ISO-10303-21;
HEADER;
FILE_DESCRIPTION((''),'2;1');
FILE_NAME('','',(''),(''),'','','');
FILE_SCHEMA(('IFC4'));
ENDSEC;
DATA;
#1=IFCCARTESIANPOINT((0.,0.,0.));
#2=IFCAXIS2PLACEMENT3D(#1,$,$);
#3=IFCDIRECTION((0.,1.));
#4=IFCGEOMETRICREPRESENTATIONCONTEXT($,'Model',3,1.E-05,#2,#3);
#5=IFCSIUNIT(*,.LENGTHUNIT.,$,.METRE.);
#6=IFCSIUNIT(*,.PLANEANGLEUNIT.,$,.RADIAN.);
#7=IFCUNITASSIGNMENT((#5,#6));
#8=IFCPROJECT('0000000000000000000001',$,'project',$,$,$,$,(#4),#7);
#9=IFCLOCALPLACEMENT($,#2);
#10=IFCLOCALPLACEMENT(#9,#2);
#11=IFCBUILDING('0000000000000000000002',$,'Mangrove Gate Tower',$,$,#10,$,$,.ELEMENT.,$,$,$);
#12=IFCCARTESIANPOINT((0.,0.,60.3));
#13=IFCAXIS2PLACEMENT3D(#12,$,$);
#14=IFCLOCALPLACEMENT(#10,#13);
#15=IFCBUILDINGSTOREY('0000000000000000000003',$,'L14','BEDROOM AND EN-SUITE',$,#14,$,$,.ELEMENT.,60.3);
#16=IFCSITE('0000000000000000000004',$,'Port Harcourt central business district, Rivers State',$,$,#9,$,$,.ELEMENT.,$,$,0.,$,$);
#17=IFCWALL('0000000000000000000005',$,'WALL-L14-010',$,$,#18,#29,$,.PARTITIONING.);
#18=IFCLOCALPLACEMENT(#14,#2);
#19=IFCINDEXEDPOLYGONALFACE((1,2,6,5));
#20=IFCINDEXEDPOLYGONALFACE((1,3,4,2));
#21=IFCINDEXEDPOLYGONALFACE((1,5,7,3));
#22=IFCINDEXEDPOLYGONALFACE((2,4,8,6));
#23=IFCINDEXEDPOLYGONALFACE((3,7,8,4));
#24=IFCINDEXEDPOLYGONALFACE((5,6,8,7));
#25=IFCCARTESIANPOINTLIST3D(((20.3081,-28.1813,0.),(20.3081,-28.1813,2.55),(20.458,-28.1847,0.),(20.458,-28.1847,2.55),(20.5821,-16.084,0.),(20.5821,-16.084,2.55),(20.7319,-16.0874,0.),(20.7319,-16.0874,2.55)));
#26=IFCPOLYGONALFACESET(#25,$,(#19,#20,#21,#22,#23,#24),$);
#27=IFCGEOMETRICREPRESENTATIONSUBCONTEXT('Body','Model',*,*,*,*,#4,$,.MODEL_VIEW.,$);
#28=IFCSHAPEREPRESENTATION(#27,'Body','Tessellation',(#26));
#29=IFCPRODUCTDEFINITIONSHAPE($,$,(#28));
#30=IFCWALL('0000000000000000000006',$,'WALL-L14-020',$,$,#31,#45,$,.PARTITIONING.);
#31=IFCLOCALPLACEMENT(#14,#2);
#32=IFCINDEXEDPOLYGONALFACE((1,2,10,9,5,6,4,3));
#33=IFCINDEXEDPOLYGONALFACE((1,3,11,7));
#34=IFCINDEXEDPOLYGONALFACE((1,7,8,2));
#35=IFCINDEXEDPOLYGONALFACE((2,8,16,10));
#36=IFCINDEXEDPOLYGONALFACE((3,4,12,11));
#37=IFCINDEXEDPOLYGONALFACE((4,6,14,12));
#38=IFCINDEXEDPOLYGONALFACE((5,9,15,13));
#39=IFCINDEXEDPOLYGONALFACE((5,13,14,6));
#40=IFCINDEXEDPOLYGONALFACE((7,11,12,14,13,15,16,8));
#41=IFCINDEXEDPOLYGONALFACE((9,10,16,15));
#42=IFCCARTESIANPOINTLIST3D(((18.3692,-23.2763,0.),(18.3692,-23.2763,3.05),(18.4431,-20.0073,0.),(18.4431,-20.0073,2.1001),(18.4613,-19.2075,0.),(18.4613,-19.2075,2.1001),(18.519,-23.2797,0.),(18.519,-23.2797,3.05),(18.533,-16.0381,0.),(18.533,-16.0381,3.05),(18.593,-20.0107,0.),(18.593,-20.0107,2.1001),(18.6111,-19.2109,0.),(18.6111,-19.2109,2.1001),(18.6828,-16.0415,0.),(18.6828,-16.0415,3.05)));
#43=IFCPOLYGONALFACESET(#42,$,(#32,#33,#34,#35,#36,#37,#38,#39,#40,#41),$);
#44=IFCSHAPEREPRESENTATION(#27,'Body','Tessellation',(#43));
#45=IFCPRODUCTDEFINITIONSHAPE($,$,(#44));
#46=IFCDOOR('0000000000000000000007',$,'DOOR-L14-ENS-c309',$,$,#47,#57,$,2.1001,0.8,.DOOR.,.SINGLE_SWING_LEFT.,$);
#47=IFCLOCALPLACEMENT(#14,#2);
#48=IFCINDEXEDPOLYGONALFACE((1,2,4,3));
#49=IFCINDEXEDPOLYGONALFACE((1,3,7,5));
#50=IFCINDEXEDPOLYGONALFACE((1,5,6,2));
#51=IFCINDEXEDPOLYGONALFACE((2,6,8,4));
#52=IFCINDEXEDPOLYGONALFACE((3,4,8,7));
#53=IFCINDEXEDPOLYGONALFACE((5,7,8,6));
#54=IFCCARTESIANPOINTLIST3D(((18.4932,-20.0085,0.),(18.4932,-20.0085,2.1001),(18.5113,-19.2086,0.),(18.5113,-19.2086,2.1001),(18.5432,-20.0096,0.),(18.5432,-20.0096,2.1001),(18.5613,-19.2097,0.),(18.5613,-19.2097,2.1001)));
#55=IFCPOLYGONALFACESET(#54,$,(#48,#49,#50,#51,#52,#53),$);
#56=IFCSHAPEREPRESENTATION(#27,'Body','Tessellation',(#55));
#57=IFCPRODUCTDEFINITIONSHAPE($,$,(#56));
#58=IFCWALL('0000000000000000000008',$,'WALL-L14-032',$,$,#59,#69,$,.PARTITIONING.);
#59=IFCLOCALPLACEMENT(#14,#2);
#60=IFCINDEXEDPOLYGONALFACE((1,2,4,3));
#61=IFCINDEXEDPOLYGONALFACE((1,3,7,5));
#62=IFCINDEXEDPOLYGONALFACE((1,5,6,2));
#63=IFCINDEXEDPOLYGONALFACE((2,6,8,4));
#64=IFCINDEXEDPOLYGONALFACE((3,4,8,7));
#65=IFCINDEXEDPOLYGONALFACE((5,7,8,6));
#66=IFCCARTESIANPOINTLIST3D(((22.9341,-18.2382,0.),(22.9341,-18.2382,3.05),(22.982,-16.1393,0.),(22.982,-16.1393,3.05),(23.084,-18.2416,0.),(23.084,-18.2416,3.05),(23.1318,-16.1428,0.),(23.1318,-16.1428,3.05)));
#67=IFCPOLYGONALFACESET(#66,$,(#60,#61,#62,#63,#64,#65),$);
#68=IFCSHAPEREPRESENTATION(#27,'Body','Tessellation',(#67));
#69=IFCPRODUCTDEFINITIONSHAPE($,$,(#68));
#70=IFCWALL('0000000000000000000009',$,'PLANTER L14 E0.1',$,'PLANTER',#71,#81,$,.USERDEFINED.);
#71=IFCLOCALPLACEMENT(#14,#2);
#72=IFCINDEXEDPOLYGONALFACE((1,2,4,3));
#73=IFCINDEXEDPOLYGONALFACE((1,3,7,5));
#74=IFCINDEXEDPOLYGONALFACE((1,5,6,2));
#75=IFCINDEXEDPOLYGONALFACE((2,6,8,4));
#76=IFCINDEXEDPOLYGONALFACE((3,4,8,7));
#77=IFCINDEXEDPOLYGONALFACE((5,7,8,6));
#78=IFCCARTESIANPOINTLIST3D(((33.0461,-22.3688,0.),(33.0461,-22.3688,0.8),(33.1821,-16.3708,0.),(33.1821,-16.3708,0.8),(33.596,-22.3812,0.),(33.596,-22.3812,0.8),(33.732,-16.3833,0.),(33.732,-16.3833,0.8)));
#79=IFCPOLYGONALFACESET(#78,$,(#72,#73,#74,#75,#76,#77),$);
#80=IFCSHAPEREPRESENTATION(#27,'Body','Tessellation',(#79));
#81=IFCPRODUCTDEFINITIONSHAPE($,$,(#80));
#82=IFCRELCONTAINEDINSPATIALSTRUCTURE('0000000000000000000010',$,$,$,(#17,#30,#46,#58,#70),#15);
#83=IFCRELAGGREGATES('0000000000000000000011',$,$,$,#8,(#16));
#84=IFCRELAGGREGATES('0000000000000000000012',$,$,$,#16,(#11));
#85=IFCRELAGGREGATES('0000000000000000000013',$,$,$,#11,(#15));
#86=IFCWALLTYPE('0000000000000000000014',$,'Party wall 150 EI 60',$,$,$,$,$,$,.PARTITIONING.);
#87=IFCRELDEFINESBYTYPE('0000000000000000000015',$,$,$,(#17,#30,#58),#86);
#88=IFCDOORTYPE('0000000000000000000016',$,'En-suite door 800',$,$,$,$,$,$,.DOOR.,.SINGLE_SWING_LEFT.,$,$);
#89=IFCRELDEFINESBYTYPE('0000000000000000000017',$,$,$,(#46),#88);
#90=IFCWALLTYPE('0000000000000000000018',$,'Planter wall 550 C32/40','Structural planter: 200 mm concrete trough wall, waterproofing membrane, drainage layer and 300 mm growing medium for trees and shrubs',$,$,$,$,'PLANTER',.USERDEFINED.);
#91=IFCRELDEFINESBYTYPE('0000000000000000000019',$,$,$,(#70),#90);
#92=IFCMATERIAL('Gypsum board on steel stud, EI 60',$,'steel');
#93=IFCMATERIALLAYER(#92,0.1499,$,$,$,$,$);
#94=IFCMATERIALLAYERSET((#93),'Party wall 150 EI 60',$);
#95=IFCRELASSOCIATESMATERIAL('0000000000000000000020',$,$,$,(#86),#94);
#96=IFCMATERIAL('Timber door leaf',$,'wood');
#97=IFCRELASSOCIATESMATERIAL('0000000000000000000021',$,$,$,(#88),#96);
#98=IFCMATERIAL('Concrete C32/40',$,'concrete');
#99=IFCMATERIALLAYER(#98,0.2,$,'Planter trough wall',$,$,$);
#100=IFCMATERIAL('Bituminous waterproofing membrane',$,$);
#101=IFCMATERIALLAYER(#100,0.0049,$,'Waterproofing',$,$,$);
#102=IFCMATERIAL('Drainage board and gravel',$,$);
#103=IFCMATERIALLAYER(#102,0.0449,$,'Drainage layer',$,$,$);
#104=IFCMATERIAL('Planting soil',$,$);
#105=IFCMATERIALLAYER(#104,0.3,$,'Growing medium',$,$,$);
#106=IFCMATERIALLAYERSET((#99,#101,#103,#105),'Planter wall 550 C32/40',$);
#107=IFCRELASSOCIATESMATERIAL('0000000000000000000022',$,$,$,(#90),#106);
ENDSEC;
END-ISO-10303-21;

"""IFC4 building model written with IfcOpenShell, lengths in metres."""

from ifc_helpers import new_model, si_unit, direction, frame, frame_2d, origin, place, context, subcontext, project, spatial, rectangle, extrude, material, layer, layer_set, type_object, element, fill, save


model = new_model("IFC4")

# Units and contexts
model_context = context("Model", 3, precision=1e-05, world=origin(), true_north=direction((0.0, 1.0)))
body_context = subcontext(model_context, "Body", "Model", "MODEL_VIEW")
ifc_project = project(units=[si_unit("LENGTHUNIT", "METRE"), si_unit("PLANEANGLEUNIT", "RADIAN")], contexts=[model_context])

# Site, building, storey
site_placement = place(None, origin())
site = spatial("IfcSite", under=ifc_project, at=site_placement, Name="Port Harcourt central business district, Rivers State", CompositionType="ELEMENT", RefElevation=0.0)
building_placement = place(site_placement, origin())
building = spatial("IfcBuilding", under=site, at=building_placement, Name="Mangrove Gate Tower", CompositionType="ELEMENT")
storey_placement = place(building_placement, frame((0.0, 0.0, 60.3)))
storey = spatial("IfcBuildingStorey", under=building, at=storey_placement, Name="L14", Description="BEDROOM AND EN-SUITE", CompositionType="ELEMENT", Elevation=60.3)

# Wall
ifc_material_1 = material(Name="Gypsum board on steel stud, EI 60", Category="steel")
ifc_layer_1 = layer(ifc_material_1, 0.1499)
ifc_layer_set_1 = layer_set([ifc_layer_1], Name="Party wall 150 EI 60")
wall_type_1 = type_object("IfcWallType", Name="Party wall 150 EI 60", PredefinedType="PARTITIONING", material=ifc_layer_set_1)
wall_1_placement = place(storey_placement, frame((20.3831, -28.1831, 0.0), z_axis=(0.0, 0.0, 1.0), x_axis=(0.022638, 0.999744, 0.0)))
element("IfcWall", 1, at=wall_1_placement, inside=storey, type_object=wall_type_1, Name="WALL-L14-010", PredefinedType="PARTITIONING", context=body_context, shape_type="SweptSolid", body=[
    extrude(rectangle(XDim=12.1003, YDim=0.1499, at=frame_2d((6.0503, 0.0))), origin(), (0.0, 0.0, 1.0), 2.55),
])

# Wall, opening, door
wall_2_placement = place(storey_placement, frame((18.4441, -23.2781, 0.0), z_axis=(0.0, 0.0, 1.0), x_axis=(0.022627, 0.999744, 0.0)))
wall_2 = element("IfcWall", 2, at=wall_2_placement, inside=storey, type_object=wall_type_1, Name="WALL-L14-020", PredefinedType="PARTITIONING", context=body_context, shape_type="SweptSolid", body=[
    extrude(rectangle(XDim=7.24, YDim=0.1499, at=frame_2d((3.6201, 0.0))), origin(), (0.0, 0.0, 1.0), 3.05),
])
opening_1_placement = place(wall_2_placement, frame((3.27, 0.0, 0.0)))
opening_1 = element("IfcOpeningElement", 3, at=opening_1_placement, cuts=wall_2, PredefinedType="OPENING", context=body_context, shape_type="SweptSolid", body=[
    extrude(rectangle(XDim=0.8, YDim=2.1001, at=frame_2d((0.3999, 1.05))), frame((0.0, 0.085, 0.0), z_axis=(0.0, -1.0, 0.0), x_axis=(1.0, 0.0, 0.0)), (0.0, 0.0, 1.0), 0.1699),
])
ifc_material_2 = material(Name="Timber door leaf", Category="wood")
door_type_1 = type_object("IfcDoorType", Name="En-suite door 800", OperationType="SINGLE_SWING_LEFT", PredefinedType="DOOR", material=ifc_material_2)
door_1_placement = place(opening_1_placement, origin())
door_1 = element("IfcDoor", 4, at=door_1_placement, inside=storey, type_object=door_type_1, Name="DOOR-L14-ENS-c309", OperationType="SINGLE_SWING_LEFT", OverallHeight=2.1001, OverallWidth=0.8, PredefinedType="DOOR", context=body_context, shape_type="SweptSolid", body=[
    extrude(rectangle(XDim=0.8, YDim=2.1001, at=frame_2d((0.3999, 1.05))), frame((0.0, 0.0249, 0.0), z_axis=(0.0, -1.0, 0.0), x_axis=(1.0, 0.0, 0.0)), (0.0, 0.0, 1.0), 0.05),
])
fill(opening_1, door_1)

# Walls
wall_3_placement = place(storey_placement, frame((23.009, -18.24, 0.0), z_axis=(0.0, 0.0, 1.0), x_axis=(0.022793, 0.99974, 0.0)))
element("IfcWall", 5, at=wall_3_placement, inside=storey, type_object=wall_type_1, Name="WALL-L14-032", PredefinedType="PARTITIONING", context=body_context, shape_type="SweptSolid", body=[
    extrude(rectangle(XDim=2.0994, YDim=0.1499, at=frame_2d((1.0498, 0.0))), origin(), (0.0, 0.0, 1.0), 3.05),
])
ifc_material_3 = material(Name="Concrete C32/40", Category="concrete")
ifc_layer_2 = layer(ifc_material_3, 0.2, Name="Planter trough wall")
ifc_material_4 = material(Name="Bituminous waterproofing membrane")
ifc_layer_3 = layer(ifc_material_4, 0.0049, Name="Waterproofing")
ifc_material_5 = material(Name="Drainage board and gravel")
ifc_layer_4 = layer(ifc_material_5, 0.0449, Name="Drainage layer")
ifc_material_6 = material(Name="Planting soil")
ifc_layer_5 = layer(ifc_material_6, 0.3, Name="Growing medium")
ifc_layer_set_2 = layer_set([ifc_layer_2, ifc_layer_3, ifc_layer_4, ifc_layer_5], Name="Planter wall 550 C32/40")
wall_type_2 = type_object("IfcWallType", Name="Planter wall 550 C32/40", Description="Structural planter: 200 mm concrete trough wall, waterproofing membrane, drainage layer and 300 mm growing medium for trees and shrubs", ElementType="PLANTER", PredefinedType="USERDEFINED", material=ifc_layer_set_2)
wall_4_placement = place(storey_placement, frame((33.321, -22.375, 0.0), z_axis=(0.0, 0.0, 1.0), x_axis=(0.022666, 0.999743, 0.0)))
element("IfcWall", 6, at=wall_4_placement, inside=storey, type_object=wall_type_2, Name="PLANTER L14 E0.1", ObjectType="PLANTER", PredefinedType="USERDEFINED", context=body_context, shape_type="SweptSolid", body=[
    extrude(rectangle(XDim=5.9995, YDim=0.55, at=frame_2d((2.9998, 0.0))), origin(), (0.0, 0.0, 1.0), 0.8),
])

save(model, "model.ifc")
